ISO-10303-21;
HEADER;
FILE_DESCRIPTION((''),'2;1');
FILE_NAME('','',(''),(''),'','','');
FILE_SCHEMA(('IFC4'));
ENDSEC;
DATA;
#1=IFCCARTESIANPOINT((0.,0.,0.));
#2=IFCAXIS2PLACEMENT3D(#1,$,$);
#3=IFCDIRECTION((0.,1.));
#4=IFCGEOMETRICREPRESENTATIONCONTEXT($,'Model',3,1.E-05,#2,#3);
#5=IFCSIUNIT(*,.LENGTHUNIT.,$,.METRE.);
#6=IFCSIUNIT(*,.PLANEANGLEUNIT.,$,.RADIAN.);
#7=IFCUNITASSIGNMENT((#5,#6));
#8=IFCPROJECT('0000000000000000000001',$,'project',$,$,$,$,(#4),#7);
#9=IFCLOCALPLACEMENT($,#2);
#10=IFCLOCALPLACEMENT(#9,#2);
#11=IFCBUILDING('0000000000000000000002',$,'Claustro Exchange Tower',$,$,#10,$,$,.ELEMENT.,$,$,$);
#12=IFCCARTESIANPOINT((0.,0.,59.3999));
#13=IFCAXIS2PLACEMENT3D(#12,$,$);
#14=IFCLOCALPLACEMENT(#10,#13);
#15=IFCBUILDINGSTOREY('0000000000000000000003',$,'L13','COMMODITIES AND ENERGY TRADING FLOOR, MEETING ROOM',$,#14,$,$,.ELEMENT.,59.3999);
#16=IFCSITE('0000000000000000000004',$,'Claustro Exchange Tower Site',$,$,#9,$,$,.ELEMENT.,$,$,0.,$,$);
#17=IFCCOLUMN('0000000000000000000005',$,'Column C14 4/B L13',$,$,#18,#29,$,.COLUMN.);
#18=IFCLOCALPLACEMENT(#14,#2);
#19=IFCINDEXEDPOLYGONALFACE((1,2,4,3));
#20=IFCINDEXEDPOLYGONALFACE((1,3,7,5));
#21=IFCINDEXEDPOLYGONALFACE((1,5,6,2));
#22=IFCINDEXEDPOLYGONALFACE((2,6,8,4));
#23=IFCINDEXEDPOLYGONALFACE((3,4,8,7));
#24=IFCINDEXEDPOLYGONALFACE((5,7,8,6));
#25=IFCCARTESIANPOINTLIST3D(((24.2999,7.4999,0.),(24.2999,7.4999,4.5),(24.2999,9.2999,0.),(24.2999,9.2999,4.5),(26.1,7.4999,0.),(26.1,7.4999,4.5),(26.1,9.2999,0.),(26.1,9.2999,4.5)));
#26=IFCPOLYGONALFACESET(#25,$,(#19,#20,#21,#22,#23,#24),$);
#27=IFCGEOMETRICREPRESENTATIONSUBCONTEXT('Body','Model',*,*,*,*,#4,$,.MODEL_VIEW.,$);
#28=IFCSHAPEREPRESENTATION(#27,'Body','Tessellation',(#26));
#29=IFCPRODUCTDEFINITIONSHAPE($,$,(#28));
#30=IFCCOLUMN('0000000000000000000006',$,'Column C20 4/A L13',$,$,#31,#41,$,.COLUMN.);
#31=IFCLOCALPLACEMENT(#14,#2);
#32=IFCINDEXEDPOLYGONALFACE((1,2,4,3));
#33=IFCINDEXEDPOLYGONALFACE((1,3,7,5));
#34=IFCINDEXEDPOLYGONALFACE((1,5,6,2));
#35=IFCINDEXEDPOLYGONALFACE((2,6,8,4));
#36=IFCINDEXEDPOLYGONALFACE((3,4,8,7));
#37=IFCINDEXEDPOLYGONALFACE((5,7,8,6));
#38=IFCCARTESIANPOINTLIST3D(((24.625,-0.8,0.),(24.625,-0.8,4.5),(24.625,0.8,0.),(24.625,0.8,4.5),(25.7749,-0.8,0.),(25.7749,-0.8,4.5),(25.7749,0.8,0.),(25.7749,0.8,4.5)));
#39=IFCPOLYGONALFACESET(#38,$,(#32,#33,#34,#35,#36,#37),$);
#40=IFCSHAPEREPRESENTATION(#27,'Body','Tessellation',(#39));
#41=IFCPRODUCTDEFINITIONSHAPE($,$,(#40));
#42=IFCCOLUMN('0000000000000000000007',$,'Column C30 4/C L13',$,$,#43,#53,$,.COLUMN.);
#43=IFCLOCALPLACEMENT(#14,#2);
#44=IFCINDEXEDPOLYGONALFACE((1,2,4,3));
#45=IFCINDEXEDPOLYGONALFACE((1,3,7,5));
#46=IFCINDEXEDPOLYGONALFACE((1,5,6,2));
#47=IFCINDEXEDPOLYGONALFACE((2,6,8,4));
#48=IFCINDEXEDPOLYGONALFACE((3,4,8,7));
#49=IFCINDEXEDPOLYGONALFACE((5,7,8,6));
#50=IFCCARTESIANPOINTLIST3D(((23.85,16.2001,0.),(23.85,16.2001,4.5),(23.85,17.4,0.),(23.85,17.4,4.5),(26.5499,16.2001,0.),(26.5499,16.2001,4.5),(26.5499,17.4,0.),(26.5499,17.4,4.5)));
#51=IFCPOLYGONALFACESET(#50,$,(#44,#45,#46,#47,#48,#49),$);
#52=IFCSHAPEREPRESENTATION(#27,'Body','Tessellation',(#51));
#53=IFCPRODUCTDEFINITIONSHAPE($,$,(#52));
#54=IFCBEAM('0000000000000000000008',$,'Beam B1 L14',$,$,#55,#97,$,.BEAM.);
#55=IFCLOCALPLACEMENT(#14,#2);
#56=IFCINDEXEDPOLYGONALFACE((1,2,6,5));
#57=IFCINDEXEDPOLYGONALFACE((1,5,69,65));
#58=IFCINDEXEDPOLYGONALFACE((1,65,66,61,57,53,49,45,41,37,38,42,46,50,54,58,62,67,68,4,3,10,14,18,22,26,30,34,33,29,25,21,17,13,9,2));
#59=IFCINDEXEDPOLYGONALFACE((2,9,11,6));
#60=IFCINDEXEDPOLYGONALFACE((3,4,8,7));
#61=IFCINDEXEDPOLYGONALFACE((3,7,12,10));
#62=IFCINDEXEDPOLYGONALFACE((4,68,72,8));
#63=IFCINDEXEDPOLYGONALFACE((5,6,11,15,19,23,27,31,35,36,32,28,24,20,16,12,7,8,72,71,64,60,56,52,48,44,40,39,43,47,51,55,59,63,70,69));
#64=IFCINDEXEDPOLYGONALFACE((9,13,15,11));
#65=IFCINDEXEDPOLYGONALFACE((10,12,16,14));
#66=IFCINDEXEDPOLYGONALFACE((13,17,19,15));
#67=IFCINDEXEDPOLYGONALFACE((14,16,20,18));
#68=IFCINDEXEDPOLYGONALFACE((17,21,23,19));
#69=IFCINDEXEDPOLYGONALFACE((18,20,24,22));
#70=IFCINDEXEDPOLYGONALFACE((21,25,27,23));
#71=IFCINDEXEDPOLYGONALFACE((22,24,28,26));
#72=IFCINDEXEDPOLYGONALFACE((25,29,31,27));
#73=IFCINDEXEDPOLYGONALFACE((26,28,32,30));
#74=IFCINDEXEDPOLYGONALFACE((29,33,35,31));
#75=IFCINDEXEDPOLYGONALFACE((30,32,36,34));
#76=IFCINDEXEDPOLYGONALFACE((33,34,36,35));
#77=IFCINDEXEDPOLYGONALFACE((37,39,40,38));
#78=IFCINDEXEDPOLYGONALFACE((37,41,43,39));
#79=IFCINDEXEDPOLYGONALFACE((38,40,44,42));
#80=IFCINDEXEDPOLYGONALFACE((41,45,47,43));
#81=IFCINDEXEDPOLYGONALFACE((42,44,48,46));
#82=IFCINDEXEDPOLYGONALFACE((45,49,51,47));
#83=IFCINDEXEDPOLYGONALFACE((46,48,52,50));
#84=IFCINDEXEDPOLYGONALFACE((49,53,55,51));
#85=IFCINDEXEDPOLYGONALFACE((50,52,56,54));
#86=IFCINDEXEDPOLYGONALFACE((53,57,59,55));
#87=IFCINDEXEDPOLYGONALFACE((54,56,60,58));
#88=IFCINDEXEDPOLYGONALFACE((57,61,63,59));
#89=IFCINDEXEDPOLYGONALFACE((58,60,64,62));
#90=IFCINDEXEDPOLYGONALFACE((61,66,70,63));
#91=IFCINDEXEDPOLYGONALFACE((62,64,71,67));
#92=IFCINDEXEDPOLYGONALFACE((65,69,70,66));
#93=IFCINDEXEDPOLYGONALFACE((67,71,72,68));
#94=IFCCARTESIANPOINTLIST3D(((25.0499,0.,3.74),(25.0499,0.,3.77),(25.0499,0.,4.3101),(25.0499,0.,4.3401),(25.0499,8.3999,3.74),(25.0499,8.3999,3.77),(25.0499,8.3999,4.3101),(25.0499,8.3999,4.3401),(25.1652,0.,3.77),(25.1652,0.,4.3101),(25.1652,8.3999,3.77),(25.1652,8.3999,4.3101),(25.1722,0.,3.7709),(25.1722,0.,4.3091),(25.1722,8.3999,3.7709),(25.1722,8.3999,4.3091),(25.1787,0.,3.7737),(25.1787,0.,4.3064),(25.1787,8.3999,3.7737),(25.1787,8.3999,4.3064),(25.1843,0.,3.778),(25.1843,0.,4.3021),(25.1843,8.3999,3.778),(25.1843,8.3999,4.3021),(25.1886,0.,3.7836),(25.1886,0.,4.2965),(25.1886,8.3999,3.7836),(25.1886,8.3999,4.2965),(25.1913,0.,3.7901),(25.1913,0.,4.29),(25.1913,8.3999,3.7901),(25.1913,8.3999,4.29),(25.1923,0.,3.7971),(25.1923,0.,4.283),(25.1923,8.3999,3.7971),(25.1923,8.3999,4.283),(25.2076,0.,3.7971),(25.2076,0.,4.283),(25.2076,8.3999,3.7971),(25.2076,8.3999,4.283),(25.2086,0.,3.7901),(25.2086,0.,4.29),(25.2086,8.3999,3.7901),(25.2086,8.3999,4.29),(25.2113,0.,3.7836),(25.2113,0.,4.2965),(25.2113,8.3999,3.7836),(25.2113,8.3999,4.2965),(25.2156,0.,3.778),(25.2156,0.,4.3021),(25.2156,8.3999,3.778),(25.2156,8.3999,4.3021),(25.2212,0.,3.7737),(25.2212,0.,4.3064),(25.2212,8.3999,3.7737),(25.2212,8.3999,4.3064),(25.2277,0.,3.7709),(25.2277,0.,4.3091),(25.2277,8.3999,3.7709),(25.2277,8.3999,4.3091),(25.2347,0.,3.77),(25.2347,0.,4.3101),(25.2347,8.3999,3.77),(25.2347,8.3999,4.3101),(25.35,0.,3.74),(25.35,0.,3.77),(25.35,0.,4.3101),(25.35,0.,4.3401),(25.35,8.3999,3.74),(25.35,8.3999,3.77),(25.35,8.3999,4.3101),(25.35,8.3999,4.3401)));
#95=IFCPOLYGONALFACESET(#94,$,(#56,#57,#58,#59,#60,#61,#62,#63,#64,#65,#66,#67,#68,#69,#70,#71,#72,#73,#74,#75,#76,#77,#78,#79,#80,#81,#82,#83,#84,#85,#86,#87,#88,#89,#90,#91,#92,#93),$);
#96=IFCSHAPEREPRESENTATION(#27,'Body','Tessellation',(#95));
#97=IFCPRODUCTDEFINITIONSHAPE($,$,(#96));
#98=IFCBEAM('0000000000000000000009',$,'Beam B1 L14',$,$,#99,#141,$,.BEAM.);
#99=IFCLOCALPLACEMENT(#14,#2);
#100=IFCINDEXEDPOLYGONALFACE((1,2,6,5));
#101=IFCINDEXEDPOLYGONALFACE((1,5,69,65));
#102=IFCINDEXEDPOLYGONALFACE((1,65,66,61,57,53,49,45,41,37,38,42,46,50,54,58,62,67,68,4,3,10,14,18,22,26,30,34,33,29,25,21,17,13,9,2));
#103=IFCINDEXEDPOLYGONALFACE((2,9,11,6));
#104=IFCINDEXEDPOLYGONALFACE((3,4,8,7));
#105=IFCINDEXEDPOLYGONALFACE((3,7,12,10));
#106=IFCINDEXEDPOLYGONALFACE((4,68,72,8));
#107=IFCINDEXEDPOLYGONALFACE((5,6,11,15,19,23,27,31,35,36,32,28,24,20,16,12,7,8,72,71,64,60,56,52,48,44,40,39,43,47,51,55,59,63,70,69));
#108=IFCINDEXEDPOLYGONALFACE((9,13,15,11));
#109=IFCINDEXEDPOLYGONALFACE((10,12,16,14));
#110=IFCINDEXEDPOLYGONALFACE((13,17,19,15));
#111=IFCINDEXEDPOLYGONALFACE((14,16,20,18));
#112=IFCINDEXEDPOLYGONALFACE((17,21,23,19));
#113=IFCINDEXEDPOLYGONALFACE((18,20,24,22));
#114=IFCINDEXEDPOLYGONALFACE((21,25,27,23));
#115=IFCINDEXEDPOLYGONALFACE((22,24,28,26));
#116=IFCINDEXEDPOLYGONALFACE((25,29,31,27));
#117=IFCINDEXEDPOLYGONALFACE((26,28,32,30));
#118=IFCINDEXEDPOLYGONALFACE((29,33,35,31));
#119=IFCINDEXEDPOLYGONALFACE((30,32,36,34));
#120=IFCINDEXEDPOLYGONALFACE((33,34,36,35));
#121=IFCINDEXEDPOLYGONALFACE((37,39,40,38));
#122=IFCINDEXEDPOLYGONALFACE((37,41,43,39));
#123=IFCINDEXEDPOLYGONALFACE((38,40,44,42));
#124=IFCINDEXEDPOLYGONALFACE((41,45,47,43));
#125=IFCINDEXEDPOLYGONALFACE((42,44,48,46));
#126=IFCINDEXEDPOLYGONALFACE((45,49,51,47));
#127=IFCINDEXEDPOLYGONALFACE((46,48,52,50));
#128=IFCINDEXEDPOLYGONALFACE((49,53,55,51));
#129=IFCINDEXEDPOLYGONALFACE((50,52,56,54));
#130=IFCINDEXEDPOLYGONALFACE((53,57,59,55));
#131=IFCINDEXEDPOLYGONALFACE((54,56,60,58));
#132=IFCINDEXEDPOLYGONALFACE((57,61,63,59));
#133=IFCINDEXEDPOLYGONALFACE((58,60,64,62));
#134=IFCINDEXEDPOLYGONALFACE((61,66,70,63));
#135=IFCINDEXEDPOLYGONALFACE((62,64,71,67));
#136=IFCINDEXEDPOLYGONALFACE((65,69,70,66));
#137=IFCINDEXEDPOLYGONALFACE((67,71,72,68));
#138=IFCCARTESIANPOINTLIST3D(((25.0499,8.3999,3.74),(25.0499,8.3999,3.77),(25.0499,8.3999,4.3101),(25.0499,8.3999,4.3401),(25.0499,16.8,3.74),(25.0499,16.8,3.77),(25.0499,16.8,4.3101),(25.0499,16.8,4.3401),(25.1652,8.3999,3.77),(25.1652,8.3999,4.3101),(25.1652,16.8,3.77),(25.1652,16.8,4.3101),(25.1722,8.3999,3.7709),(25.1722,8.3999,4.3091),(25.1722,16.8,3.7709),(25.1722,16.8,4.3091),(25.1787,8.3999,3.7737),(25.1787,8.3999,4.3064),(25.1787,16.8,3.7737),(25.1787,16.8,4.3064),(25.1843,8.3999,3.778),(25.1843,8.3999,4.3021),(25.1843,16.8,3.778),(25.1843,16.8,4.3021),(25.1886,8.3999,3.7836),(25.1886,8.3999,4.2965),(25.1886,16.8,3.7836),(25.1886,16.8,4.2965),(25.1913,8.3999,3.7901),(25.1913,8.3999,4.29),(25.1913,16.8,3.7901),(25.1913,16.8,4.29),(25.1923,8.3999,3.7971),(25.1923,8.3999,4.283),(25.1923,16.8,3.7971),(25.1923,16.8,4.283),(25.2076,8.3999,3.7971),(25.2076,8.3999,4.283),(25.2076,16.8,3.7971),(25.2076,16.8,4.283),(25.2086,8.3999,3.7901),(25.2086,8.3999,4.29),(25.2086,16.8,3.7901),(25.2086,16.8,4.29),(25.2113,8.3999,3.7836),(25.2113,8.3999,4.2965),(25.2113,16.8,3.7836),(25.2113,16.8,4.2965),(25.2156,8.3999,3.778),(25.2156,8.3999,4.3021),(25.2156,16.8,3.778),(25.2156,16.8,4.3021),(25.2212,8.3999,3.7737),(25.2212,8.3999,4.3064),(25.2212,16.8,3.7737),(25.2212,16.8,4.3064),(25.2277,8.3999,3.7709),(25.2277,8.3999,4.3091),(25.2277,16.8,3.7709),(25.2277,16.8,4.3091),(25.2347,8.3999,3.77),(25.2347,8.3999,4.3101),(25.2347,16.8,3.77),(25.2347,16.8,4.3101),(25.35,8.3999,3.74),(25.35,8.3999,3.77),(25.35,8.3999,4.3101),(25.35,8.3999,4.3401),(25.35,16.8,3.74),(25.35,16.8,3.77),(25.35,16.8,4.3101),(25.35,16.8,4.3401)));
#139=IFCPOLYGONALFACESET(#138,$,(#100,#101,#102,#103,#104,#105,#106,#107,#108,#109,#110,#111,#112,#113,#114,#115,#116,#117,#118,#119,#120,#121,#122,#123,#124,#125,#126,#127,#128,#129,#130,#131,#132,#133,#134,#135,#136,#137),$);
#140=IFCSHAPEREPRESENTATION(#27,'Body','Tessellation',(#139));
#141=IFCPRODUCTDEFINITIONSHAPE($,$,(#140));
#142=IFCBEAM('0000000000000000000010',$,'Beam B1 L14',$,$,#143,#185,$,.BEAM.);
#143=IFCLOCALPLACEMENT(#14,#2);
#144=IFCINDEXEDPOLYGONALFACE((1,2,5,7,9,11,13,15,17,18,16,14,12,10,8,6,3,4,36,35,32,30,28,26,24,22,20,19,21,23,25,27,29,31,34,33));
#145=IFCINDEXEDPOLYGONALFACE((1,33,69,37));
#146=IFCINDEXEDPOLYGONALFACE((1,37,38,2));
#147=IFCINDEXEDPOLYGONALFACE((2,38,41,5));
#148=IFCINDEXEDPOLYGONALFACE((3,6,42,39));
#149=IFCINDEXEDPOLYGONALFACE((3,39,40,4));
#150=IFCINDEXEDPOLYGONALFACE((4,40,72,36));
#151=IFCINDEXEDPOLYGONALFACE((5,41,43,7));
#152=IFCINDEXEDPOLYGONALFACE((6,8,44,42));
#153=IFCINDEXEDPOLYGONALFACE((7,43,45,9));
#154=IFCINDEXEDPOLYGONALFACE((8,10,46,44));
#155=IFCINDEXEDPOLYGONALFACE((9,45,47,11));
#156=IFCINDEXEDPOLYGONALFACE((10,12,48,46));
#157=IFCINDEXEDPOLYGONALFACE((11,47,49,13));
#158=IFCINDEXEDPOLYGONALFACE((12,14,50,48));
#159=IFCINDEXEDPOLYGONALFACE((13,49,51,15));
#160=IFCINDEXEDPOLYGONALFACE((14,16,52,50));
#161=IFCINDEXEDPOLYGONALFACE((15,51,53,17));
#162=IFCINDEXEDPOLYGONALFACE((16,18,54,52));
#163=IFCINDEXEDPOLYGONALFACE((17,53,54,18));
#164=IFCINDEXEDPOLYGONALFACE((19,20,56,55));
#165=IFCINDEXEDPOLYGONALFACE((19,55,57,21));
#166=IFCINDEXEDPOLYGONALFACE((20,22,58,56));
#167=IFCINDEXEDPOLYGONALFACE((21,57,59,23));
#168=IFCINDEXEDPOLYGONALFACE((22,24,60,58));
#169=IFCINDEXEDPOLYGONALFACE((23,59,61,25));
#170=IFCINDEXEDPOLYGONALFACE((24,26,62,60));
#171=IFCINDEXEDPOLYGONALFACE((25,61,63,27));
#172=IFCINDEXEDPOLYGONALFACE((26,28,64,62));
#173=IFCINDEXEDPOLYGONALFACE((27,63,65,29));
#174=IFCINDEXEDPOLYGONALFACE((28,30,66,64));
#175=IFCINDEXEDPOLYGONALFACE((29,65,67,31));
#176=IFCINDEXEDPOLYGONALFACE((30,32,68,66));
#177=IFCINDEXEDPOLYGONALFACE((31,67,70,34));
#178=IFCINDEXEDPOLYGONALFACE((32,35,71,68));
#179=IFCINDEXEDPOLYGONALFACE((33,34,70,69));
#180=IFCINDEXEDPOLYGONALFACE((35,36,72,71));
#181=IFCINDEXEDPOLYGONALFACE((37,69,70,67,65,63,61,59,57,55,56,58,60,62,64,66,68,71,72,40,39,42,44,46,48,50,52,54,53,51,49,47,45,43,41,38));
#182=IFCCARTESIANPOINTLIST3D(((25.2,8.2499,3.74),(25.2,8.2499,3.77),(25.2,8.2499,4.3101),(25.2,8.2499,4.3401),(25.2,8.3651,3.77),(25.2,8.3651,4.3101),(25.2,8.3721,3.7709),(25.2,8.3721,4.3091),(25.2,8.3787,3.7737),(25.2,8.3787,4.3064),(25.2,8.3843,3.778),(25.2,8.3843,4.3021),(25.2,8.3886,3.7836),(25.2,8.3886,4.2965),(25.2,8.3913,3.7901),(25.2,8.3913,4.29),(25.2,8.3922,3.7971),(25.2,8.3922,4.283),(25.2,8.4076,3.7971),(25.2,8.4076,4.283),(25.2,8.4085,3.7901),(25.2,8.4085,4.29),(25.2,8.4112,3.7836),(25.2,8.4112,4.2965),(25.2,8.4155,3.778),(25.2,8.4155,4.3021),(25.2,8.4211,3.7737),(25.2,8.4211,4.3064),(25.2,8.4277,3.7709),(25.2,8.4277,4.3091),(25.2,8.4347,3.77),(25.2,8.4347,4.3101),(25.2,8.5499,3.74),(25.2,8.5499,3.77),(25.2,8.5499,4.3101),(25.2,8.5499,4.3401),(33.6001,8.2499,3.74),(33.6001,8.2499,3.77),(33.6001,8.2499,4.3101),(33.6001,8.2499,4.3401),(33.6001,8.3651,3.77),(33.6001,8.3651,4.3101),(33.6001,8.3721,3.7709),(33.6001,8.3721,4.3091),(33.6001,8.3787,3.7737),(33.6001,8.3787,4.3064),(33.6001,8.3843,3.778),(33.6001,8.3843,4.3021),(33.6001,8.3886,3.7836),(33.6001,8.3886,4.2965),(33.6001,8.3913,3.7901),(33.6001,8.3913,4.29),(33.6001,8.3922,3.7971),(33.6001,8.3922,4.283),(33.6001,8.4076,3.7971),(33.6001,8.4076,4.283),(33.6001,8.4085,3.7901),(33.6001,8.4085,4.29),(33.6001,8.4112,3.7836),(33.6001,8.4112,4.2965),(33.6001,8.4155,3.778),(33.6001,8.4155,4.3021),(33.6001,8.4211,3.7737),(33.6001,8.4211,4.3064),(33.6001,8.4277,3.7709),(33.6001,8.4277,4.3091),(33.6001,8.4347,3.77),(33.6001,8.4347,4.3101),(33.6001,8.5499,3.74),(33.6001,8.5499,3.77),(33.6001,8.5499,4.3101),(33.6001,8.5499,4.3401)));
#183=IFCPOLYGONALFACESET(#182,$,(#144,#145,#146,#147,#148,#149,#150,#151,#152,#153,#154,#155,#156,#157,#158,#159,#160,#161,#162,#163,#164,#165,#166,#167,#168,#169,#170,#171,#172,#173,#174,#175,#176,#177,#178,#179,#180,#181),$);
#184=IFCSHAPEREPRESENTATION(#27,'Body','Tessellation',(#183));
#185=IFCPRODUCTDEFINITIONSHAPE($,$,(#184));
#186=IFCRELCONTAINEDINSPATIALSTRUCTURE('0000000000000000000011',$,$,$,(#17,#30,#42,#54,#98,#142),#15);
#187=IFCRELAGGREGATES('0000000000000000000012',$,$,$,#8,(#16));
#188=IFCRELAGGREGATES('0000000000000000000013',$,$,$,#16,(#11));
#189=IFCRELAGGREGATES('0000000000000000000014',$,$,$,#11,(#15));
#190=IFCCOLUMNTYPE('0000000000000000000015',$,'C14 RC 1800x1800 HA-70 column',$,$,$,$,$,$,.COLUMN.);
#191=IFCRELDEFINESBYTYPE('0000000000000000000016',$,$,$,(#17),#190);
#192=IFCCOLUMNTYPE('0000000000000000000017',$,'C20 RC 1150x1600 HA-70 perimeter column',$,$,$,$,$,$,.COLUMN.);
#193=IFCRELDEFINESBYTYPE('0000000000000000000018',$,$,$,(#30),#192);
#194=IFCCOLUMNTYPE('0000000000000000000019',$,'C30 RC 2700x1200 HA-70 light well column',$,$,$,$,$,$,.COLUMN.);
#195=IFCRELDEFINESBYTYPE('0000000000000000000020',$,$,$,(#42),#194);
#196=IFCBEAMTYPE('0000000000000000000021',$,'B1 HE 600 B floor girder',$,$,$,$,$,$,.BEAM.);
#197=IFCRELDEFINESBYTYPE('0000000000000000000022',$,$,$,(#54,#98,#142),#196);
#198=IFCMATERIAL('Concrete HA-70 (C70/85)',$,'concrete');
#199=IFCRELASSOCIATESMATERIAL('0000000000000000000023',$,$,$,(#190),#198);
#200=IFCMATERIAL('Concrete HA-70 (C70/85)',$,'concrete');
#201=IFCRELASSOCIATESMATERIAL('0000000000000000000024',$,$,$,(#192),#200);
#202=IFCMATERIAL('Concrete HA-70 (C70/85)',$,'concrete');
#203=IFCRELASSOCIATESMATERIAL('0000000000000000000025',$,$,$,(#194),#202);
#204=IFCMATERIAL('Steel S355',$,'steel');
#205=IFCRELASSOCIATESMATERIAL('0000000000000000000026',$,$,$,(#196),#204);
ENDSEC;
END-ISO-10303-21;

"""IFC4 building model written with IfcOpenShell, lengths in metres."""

from ifc_helpers import new_model, si_unit, direction, frame, origin, origin_2d, place, context, subcontext, project, spatial, rectangle, i_section, extrude, material, material_profile, profile_set, type_object, element, save


model = new_model("IFC4")

# Units and contexts
model_context = context("Model", 3, precision=1e-05, world=origin(), true_north=direction((0.0, 1.0)))
body_context = subcontext(model_context, "Body", "Model", "MODEL_VIEW")
ifc_project = project(units=[si_unit("LENGTHUNIT", "METRE"), si_unit("PLANEANGLEUNIT", "RADIAN")], contexts=[model_context])

# Site, building, storey
site_placement = place(None, origin())
site = spatial("IfcSite", under=ifc_project, at=site_placement, Name="Claustro Exchange Tower Site", CompositionType="ELEMENT", RefElevation=0.0)
building_placement = place(site_placement, origin())
building = spatial("IfcBuilding", under=site, at=building_placement, Name="Claustro Exchange Tower", CompositionType="ELEMENT")
storey_placement = place(building_placement, frame((0.0, 0.0, 59.3999)))
storey = spatial("IfcBuildingStorey", under=building, at=storey_placement, Name="L13", Description="COMMODITIES AND ENERGY TRADING FLOOR, MEETING ROOM", CompositionType="ELEMENT", Elevation=59.3999)

# Columns
ifc_material_1 = material(Name="Concrete HA-70 (C70/85)", Category="concrete")
ifc_material_profile_1 = material_profile(ifc_material_1, rectangle(XDim=1.8, YDim=1.8, at=origin_2d()), Name="RC 1800x1800")
ifc_profile_set_1 = profile_set([ifc_material_profile_1], Name="Concrete HA-70 (C70/85)")
column_type_1 = type_object("IfcColumnType", Name="C14 RC 1800x1800 HA-70 column", PredefinedType="COLUMN", material=ifc_profile_set_1)
column_1_placement = place(storey_placement, frame((25.2, 8.3999, 0.0), z_axis=(0.0, 0.0, 1.0), x_axis=(1.0, 0.0, 0.0)))
element("IfcColumn", 1, at=column_1_placement, inside=storey, type_object=column_type_1, Name="Column C14 4/B L13", PredefinedType="COLUMN", context=body_context, shape_type="SweptSolid", body=[
    extrude(rectangle(XDim=1.8, YDim=1.8, at=origin_2d()), origin(), (0.0, 0.0, 1.0), 4.5),
])
ifc_material_2 = material(Name="Concrete HA-70 (C70/85)", Category="concrete")
ifc_material_profile_2 = material_profile(ifc_material_2, rectangle(XDim=1.1499, YDim=1.6001, at=origin_2d()), Name="RC 1150x1600")
ifc_profile_set_2 = profile_set([ifc_material_profile_2], Name="Concrete HA-70 (C70/85)")
column_type_2 = type_object("IfcColumnType", Name="C20 RC 1150x1600 HA-70 perimeter column", PredefinedType="COLUMN", material=ifc_profile_set_2)
column_2_placement = place(storey_placement, frame((25.2, 0.0, 0.0), z_axis=(0.0, 0.0, 1.0), x_axis=(1.0, 0.0, 0.0)))
element("IfcColumn", 2, at=column_2_placement, inside=storey, type_object=column_type_2, Name="Column C20 4/A L13", PredefinedType="COLUMN", context=body_context, shape_type="SweptSolid", body=[
    extrude(rectangle(XDim=1.1499, YDim=1.6001, at=origin_2d()), origin(), (0.0, 0.0, 1.0), 4.5),
])
ifc_material_3 = material(Name="Concrete HA-70 (C70/85)", Category="concrete")
ifc_material_profile_3 = material_profile(ifc_material_3, rectangle(XDim=2.7, YDim=1.2, at=origin_2d()), Name="RC 2700x1200")
ifc_profile_set_3 = profile_set([ifc_material_profile_3], Name="Concrete HA-70 (C70/85)")
column_type_3 = type_object("IfcColumnType", Name="C30 RC 2700x1200 HA-70 light well column", PredefinedType="COLUMN", material=ifc_profile_set_3)
column_3_placement = place(storey_placement, frame((25.2, 16.8, 0.0), z_axis=(0.0, 0.0, 1.0), x_axis=(1.0, 0.0, 0.0)))
element("IfcColumn", 3, at=column_3_placement, inside=storey, type_object=column_type_3, Name="Column C30 4/C L13", PredefinedType="COLUMN", context=body_context, shape_type="SweptSolid", body=[
    extrude(rectangle(XDim=2.7, YDim=1.2, at=origin_2d()), origin(), (0.0, 0.0, 1.0), 4.5),
])

# Beams
ifc_material_4 = material(Name="Steel S355", Category="steel")
ifc_material_profile_4 = material_profile(ifc_material_4, i_section(OverallWidth=0.3, OverallDepth=0.6001, WebThickness=0.0154, FlangeThickness=0.03, FilletRadius=0.0271, at=origin_2d()), Name="HE 600 B")
ifc_profile_set_4 = profile_set([ifc_material_profile_4], Name="Steel S355")
beam_type_1 = type_object("IfcBeamType", Name="B1 HE 600 B floor girder", PredefinedType="BEAM", material=ifc_profile_set_4)
beam_1_placement = place(storey_placement, frame((25.2, 0.0, 4.04), z_axis=(0.0, 1.0, 0.0), x_axis=(-1.0, 0.0, 0.0)))
element("IfcBeam", 4, at=beam_1_placement, inside=storey, type_object=beam_type_1, Name="Beam B1 L14", PredefinedType="BEAM", context=body_context, shape_type="SweptSolid", body=[
    extrude(i_section(OverallWidth=0.3, OverallDepth=0.6001, WebThickness=0.0154, FlangeThickness=0.03, FilletRadius=0.0271, at=origin_2d()), origin(), (0.0, 0.0, 1.0), 8.3999),
])
for number, where, z_axis, x_axis, name in (
    (5, (25.2, 8.3999, 4.04), (0.0, 1.0, 0.0), (-1.0, 0.0, 0.0), "Beam B1 L14"),
    (6, (25.2, 8.3999, 4.04), (1.0, 0.0, 0.0), (0.0, 1.0, 0.0), "Beam B1 L14"),
):
    element("IfcBeam", number, at=place(storey_placement, frame(where, z_axis=z_axis, x_axis=x_axis)), inside=storey, type_object=beam_type_1, Name=name, PredefinedType="BEAM", context=body_context, shape_type="SweptSolid", body=[
        extrude(i_section(OverallWidth=0.3, OverallDepth=0.6001, WebThickness=0.0154, FlangeThickness=0.03, FilletRadius=0.0271, at=origin_2d()), origin(), (0.0, 0.0, 1.0), 8.4001),
    ])

save(model, "model.ifc")
